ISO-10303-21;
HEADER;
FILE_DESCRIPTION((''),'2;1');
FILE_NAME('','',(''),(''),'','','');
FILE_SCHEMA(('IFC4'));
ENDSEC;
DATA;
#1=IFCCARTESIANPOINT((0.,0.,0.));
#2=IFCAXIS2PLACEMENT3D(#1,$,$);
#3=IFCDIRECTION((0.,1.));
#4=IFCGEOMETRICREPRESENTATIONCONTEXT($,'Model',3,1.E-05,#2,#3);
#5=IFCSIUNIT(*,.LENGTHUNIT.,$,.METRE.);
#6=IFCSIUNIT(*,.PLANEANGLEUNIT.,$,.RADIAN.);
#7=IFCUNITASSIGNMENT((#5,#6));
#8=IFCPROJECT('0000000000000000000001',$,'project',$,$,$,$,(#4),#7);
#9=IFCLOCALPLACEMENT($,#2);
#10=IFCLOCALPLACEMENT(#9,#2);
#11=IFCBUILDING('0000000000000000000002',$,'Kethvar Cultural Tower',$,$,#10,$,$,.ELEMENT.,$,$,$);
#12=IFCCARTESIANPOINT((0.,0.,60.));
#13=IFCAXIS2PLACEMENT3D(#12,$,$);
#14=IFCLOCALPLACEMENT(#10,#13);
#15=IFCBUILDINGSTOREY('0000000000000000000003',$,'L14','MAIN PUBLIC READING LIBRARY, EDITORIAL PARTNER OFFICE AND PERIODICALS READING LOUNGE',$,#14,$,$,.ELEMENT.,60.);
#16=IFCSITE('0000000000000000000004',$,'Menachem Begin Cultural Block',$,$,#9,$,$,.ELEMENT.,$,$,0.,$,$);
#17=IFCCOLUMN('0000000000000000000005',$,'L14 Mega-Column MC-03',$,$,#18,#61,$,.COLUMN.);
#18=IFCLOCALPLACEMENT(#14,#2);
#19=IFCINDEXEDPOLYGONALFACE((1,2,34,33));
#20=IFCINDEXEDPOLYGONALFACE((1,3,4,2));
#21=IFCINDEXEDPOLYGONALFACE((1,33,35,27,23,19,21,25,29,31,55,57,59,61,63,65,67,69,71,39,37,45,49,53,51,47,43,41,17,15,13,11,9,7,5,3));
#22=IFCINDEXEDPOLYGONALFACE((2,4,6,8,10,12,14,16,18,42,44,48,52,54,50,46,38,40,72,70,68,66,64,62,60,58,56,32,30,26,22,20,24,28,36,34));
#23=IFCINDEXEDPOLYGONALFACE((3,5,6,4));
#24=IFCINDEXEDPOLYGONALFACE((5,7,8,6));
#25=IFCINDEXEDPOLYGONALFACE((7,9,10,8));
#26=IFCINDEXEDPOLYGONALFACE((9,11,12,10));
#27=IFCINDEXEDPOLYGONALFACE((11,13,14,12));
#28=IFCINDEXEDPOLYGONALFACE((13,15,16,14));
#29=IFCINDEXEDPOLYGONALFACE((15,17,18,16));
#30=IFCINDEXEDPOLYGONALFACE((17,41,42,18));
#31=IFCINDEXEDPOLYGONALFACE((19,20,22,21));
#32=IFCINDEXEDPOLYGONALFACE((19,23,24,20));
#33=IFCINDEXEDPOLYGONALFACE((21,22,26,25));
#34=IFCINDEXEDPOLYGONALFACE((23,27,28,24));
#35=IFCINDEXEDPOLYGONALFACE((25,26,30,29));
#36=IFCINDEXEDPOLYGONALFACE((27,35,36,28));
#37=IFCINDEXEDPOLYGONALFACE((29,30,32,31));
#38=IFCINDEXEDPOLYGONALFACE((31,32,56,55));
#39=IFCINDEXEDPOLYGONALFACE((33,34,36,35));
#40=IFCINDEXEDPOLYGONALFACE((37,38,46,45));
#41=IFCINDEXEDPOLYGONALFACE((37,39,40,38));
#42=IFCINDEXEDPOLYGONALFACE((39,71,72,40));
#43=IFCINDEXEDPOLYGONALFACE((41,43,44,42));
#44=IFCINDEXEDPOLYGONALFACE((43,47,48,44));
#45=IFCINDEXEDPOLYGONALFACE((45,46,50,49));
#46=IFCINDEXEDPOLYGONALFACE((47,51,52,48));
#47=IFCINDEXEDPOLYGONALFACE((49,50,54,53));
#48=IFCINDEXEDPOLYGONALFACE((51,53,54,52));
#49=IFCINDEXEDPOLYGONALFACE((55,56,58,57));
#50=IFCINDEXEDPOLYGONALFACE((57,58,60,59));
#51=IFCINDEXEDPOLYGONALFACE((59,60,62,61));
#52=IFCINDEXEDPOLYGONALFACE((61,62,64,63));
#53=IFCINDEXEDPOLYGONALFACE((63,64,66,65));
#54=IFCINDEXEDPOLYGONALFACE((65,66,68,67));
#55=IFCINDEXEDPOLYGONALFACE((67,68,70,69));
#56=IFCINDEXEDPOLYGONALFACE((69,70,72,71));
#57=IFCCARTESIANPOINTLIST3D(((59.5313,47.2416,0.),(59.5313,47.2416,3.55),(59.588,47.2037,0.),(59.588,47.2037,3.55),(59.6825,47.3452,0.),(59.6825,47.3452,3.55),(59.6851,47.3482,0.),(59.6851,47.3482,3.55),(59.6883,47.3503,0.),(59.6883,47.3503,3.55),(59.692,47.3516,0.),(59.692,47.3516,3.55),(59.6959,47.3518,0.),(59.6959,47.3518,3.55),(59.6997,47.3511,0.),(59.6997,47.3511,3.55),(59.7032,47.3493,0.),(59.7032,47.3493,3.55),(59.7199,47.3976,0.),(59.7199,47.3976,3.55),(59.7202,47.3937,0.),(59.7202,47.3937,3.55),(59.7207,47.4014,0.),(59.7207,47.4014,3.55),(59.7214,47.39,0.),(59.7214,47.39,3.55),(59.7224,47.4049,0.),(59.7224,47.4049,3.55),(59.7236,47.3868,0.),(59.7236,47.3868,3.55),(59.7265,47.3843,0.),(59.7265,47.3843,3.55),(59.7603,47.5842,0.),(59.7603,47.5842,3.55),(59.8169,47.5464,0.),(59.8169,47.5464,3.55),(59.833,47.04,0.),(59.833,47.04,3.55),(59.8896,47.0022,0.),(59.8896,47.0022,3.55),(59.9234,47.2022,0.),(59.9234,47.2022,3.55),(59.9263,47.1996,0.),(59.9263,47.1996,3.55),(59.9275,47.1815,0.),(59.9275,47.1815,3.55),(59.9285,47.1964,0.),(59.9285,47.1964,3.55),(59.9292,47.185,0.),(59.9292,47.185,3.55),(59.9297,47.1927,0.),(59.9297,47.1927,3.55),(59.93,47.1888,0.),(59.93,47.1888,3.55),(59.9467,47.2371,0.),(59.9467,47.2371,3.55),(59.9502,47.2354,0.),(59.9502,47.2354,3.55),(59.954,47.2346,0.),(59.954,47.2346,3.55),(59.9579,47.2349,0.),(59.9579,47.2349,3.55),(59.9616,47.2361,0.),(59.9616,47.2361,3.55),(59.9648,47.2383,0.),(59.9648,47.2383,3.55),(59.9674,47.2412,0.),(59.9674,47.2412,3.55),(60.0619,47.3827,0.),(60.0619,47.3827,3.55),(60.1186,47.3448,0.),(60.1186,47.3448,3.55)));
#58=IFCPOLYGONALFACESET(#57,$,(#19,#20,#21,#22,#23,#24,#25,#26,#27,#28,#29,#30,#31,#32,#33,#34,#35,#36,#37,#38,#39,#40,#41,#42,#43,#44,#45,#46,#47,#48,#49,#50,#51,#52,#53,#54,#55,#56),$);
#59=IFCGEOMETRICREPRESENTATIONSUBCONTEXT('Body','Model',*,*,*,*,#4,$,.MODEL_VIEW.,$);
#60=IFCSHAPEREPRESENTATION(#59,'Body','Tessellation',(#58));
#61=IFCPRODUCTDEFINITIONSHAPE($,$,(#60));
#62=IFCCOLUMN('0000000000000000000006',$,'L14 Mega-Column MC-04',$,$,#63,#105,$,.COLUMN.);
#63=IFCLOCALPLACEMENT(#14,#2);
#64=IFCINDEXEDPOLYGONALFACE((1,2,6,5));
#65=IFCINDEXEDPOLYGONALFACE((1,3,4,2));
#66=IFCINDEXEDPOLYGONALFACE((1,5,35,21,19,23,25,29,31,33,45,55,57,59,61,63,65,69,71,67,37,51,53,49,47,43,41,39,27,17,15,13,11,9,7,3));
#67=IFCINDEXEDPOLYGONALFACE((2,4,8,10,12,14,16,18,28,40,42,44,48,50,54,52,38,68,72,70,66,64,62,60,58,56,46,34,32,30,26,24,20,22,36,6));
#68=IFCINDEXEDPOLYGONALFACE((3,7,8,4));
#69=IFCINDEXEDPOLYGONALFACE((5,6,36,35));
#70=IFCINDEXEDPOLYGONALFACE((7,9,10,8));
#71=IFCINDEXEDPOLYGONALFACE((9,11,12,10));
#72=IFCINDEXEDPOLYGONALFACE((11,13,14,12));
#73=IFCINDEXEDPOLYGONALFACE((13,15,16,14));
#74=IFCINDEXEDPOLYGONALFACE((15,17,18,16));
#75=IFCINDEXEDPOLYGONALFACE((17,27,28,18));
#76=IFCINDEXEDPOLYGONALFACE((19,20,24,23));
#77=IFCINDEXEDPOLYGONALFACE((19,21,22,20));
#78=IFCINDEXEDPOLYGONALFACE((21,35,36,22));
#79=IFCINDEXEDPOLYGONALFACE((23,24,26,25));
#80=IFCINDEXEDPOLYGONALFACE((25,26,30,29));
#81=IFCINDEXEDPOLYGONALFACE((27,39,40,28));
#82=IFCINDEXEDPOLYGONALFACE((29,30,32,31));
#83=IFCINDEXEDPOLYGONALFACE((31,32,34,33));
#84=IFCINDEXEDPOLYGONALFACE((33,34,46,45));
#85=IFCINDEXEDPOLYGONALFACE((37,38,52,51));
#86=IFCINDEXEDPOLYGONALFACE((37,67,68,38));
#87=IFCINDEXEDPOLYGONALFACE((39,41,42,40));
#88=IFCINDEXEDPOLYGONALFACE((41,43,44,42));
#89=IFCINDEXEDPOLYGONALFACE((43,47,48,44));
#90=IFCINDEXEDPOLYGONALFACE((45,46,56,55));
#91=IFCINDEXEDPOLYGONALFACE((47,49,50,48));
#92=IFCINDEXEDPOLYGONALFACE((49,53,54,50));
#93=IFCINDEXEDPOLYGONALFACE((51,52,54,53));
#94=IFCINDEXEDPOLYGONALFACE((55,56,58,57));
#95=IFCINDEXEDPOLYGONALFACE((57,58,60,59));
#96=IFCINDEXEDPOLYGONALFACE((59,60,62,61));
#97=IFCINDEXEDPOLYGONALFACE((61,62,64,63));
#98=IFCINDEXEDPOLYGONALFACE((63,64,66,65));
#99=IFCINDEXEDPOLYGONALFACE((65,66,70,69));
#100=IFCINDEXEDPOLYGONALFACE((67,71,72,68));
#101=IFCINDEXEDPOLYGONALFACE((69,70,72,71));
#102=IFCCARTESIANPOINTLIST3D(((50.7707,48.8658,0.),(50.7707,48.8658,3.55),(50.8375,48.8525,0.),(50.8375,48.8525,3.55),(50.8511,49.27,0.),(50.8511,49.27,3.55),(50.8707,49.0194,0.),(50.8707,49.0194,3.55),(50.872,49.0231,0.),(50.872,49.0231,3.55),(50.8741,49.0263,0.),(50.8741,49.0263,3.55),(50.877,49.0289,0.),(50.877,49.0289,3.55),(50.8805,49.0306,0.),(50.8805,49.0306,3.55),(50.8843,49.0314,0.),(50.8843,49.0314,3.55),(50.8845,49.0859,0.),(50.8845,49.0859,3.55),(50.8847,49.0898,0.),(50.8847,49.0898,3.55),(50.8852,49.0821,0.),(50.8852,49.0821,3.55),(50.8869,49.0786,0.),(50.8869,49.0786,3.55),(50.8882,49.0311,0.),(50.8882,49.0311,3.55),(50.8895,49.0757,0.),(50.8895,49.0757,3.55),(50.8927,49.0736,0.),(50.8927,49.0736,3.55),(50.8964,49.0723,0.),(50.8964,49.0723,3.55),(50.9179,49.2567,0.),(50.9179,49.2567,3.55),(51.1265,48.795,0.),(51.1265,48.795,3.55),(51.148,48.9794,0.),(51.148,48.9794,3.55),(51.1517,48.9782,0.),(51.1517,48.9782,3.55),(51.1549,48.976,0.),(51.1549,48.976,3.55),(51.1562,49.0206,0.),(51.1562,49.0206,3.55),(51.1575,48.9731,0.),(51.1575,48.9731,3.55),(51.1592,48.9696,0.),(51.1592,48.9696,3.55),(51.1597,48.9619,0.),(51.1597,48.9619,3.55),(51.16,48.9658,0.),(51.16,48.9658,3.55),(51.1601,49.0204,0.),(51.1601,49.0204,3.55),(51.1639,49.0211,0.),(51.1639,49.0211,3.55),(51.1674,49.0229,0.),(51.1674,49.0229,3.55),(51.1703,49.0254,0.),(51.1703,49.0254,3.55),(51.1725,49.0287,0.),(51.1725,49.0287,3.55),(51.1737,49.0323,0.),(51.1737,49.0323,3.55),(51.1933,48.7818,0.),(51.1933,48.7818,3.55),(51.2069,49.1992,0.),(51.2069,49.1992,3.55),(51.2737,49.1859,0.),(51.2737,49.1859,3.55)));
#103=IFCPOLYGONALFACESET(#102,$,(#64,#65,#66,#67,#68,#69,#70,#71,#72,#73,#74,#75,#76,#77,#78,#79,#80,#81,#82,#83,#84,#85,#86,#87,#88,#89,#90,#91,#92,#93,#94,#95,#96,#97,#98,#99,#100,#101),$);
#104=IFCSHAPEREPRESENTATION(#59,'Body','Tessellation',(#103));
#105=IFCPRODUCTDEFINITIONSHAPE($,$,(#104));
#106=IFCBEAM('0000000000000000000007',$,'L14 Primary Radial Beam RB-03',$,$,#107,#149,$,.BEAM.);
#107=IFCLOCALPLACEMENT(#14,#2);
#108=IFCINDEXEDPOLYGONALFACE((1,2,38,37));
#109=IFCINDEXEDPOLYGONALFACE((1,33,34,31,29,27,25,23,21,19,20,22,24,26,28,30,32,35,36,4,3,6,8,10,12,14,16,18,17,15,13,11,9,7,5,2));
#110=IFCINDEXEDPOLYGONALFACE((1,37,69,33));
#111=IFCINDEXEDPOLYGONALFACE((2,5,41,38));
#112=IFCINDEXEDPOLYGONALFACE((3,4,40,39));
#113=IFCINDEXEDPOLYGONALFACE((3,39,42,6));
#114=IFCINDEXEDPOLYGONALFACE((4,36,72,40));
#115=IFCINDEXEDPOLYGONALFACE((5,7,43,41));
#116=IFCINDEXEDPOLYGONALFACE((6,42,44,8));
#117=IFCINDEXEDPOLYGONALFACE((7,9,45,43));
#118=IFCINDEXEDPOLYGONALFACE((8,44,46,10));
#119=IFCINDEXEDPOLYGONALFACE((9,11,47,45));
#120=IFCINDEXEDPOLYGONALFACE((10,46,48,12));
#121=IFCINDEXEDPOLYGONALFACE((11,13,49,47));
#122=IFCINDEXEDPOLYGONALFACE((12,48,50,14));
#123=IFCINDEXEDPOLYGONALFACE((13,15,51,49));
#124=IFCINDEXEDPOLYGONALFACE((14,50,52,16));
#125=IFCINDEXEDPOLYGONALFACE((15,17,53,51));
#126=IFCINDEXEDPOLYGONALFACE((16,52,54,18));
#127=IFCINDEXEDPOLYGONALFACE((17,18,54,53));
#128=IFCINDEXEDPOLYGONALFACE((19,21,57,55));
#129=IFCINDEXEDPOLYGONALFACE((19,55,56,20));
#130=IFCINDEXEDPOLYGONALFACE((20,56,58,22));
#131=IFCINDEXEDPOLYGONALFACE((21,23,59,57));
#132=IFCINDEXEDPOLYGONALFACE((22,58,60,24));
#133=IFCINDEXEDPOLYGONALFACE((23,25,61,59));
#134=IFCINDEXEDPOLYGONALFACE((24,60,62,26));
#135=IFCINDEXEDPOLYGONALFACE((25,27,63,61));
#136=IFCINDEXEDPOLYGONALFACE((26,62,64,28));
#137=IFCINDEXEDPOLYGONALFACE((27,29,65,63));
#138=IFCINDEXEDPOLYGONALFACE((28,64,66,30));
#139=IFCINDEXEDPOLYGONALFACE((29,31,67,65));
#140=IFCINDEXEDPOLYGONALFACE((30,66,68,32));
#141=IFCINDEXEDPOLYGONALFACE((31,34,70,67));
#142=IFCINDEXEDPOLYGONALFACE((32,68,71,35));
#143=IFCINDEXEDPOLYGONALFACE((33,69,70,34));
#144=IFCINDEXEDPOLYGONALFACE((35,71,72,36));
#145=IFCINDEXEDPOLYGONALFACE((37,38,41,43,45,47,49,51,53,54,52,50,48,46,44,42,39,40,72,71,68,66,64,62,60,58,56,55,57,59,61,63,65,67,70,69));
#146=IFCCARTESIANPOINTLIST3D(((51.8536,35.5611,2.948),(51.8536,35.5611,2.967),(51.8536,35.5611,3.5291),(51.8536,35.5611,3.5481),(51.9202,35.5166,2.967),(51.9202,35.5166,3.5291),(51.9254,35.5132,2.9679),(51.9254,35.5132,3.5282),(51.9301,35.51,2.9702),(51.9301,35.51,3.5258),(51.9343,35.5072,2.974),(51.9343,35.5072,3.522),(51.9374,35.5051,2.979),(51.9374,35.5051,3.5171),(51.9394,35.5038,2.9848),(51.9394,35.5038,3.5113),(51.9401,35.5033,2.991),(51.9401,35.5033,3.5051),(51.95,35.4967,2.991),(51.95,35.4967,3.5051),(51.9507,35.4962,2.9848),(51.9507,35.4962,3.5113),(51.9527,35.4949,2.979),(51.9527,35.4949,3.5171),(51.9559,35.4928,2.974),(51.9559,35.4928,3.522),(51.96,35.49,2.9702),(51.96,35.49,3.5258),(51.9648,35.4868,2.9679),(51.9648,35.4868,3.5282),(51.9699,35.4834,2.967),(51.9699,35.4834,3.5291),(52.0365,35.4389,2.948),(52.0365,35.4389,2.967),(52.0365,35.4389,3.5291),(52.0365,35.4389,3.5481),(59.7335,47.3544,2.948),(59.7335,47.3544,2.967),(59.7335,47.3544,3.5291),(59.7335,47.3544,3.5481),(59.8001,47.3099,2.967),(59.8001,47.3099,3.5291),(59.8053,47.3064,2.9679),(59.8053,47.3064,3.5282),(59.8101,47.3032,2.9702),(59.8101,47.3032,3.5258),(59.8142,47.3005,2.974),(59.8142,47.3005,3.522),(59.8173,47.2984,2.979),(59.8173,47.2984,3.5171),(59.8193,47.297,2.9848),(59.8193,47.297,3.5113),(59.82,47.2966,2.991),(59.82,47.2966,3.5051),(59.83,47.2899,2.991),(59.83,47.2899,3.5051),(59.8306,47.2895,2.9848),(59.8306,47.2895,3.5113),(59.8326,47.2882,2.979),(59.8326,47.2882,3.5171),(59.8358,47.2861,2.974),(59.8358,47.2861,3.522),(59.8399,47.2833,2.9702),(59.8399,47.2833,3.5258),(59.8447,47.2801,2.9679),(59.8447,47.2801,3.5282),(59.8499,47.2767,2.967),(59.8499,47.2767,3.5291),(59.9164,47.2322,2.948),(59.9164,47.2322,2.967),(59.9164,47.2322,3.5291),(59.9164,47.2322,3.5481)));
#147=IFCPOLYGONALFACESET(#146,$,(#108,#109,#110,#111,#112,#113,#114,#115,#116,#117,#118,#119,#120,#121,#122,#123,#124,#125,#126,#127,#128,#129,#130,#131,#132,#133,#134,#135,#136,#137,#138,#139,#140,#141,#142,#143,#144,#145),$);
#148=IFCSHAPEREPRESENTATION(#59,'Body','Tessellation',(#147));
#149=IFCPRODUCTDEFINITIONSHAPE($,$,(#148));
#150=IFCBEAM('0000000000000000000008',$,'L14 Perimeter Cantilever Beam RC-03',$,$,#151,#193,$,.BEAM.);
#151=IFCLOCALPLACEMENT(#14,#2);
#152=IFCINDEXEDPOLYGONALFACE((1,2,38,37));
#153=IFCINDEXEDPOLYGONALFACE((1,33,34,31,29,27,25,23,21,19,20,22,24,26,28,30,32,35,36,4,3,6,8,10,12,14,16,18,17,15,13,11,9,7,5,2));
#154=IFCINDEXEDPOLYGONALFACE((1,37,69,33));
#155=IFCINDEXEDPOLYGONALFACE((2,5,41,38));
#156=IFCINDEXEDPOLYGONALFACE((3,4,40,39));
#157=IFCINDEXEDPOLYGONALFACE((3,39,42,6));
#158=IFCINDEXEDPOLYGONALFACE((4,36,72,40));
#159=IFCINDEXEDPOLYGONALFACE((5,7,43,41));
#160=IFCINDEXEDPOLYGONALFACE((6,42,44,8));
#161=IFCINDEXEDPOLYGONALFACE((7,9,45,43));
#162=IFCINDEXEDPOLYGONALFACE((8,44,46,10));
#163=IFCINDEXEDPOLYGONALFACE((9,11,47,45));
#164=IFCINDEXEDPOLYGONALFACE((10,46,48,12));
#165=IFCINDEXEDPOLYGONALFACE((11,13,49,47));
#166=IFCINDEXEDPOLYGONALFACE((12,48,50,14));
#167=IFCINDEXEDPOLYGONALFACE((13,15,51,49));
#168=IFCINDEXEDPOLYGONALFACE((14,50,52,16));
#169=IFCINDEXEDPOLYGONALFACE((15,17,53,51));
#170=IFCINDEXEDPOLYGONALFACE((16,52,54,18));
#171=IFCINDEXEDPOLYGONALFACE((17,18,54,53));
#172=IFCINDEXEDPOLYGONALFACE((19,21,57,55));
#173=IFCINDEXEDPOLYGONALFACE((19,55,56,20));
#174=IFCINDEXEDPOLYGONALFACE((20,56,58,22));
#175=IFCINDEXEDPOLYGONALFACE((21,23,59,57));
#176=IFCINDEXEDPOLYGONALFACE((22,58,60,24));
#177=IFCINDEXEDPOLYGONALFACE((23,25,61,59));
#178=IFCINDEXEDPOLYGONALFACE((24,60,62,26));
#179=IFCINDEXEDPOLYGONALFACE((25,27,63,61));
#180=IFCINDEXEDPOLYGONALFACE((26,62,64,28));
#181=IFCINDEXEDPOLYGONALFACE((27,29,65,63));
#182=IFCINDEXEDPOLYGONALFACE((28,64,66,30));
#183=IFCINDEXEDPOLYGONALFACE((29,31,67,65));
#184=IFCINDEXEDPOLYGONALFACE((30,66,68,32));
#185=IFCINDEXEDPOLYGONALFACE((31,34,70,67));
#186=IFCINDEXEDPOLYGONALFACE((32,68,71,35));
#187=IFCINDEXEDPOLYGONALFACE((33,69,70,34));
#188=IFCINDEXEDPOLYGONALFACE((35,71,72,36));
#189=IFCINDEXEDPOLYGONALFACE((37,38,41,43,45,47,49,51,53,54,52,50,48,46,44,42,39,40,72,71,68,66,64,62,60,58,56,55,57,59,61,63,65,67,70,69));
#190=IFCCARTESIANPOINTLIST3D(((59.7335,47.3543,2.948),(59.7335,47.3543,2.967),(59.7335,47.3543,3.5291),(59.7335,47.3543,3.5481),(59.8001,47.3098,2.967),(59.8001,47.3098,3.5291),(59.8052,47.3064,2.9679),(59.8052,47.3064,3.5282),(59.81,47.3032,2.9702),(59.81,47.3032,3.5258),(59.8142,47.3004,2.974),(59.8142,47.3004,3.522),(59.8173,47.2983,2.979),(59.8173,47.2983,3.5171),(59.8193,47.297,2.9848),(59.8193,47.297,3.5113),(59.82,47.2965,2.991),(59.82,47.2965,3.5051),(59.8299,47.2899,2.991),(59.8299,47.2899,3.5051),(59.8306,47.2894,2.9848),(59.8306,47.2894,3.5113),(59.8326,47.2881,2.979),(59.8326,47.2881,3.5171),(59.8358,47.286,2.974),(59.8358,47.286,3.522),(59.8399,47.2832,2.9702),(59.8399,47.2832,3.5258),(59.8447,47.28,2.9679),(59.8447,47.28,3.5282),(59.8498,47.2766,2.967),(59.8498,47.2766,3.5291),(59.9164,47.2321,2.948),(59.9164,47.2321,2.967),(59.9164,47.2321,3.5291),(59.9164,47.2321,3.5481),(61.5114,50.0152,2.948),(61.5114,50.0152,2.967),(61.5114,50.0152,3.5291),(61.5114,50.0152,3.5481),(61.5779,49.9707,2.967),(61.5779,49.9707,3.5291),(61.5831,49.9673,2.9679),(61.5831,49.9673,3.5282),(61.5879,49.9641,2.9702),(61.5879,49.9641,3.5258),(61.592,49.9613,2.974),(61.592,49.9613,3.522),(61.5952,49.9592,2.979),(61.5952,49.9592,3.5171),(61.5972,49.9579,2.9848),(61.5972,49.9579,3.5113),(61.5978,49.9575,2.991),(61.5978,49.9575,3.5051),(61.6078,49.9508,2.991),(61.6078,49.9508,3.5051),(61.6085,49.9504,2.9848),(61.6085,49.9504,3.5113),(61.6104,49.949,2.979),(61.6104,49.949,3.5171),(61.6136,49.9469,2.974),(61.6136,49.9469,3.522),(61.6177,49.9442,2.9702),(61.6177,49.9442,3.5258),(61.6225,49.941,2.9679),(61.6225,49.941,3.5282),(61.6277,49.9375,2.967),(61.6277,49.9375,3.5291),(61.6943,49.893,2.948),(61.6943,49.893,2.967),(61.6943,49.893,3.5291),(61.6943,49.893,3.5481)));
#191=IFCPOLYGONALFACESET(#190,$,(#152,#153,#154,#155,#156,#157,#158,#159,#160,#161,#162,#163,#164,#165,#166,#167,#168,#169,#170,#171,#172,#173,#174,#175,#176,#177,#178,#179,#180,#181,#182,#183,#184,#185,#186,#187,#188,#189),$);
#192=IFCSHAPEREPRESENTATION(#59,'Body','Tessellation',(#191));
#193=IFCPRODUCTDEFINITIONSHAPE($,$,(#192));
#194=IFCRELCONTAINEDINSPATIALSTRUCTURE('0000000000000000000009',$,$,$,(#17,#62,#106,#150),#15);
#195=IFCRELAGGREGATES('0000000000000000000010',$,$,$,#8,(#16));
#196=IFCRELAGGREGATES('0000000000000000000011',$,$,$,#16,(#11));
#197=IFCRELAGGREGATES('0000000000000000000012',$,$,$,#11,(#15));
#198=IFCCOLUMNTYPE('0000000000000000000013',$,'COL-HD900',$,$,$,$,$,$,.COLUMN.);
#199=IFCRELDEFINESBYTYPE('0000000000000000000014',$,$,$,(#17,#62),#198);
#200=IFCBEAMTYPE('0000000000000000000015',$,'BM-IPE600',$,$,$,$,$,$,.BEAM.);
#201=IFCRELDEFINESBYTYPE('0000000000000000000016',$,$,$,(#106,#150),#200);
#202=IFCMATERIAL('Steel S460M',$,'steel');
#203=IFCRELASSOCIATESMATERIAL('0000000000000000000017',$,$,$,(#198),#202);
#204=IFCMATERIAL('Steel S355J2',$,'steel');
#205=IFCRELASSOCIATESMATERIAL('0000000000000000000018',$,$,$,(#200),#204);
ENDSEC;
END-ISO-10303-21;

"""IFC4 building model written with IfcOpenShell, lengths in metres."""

from ifc_helpers import new_model, si_unit, direction, frame, origin, origin_2d, place, context, subcontext, project, spatial, i_section, extrude, source, transform, mapped, material, material_profile, profile_set, type_object, element, save


model = new_model("IFC4")

# Units and contexts
model_context = context("Model", 3, precision=1e-05, world=origin(), true_north=direction((0.0, 1.0)))
body_context = subcontext(model_context, "Body", "Model", "MODEL_VIEW")
ifc_project = project(units=[si_unit("LENGTHUNIT", "METRE"), si_unit("PLANEANGLEUNIT", "RADIAN")], contexts=[model_context])

# Site, building, storey
site_placement = place(None, origin())
site = spatial("IfcSite", under=ifc_project, at=site_placement, Name="Menachem Begin Cultural Block", CompositionType="ELEMENT", RefElevation=0.0)
building_placement = place(site_placement, origin())
building = spatial("IfcBuilding", under=site, at=building_placement, Name="Kethvar Cultural Tower", CompositionType="ELEMENT")
storey_placement = place(building_placement, frame((0.0, 0.0, 60.0)))
storey = spatial("IfcBuildingStorey", under=building, at=storey_placement, Name="L14", Description="MAIN PUBLIC READING LIBRARY, EDITORIAL PARTNER OFFICE AND PERIODICALS READING LOUNGE", CompositionType="ELEMENT", Elevation=60.0)

# Columns
ifc_material_1 = material(Name="Steel S460M", Category="steel")
ifc_material_profile_1 = material_profile(ifc_material_1, i_section(OverallWidth=0.4121, OverallDepth=0.4309, WebThickness=0.042, FlangeThickness=0.0681, FilletRadius=0.0149, at=origin_2d()), Name="Steel S460M — HD400x900")
ifc_profile_set_1 = profile_set([ifc_material_profile_1], Name="Steel S460M — HD400x900")
column_type = type_object("IfcColumnType", Name="COL-HD900", PredefinedType="COLUMN", material=ifc_profile_set_1)
shared_shape_1 = source(origin(), body_context, "Body", "SweptSolid", [
    extrude(i_section(OverallWidth=0.4121, OverallDepth=0.4309, WebThickness=0.042, FlangeThickness=0.0681, FilletRadius=0.0149, at=origin_2d()), origin(), (0.0, 0.0, 1.0), 3.55),
])
for number, where, z_axis, x_axis, name in (
    (1, (59.825, 47.2932, 0.0), (0.0, 0.0, 1.0), (0.55557, 0.83147, 0.0), "L14 Mega-Column MC-03"),
    (2, (51.0222, 49.0259, 0.0), (0.0, 0.0, 1.0), (0.19509, 0.980785, 0.0), "L14 Mega-Column MC-04"),
):
    element("IfcColumn", number, at=place(storey_placement, frame(where, z_axis=z_axis, x_axis=x_axis)), inside=storey, type_object=column_type, Name=name, PredefinedType="COLUMN", context=body_context, shape_type="MappedRepresentation", body=[
        mapped(shared_shape_1, transform((0.0, 0.0, 0.0), scale=1.0)),
    ])

# Beams
ifc_material_2 = material(Name="Steel S355J2", Category="steel")
ifc_material_profile_2 = material_profile(ifc_material_2, i_section(OverallWidth=0.22, OverallDepth=0.6001, WebThickness=0.012, FlangeThickness=0.019, FilletRadius=0.0239, at=origin_2d()), Name="Steel S355J2 — IPE600")
ifc_profile_set_2 = profile_set([ifc_material_profile_2], Name="Steel S355J2 — IPE600")
beam_type_1 = type_object("IfcBeamType", Name="BM-IPE600", PredefinedType="BEAM", material=ifc_profile_set_2)
shared_shape_2 = source(origin(), body_context, "Body", "SweptSolid", [
    extrude(i_section(OverallWidth=0.22, OverallDepth=0.6001, WebThickness=0.012, FlangeThickness=0.019, FilletRadius=0.0239, at=origin_2d()), origin(), (0.0, 0.0, 1.0), 14.1836),
])
beam_1_placement = place(storey_placement, frame((51.9451, 35.5, 3.248), z_axis=(0.555566, 0.831473, 0.0), x_axis=(-0.831473, 0.555566, 0.0)))
element("IfcBeam", 3, at=beam_1_placement, inside=storey, type_object=beam_type_1, Name="L14 Primary Radial Beam RB-03", PredefinedType="BEAM", context=body_context, shape_type="MappedRepresentation", body=[
    mapped(shared_shape_2, transform((0.0, 0.0, 0.0), scale=1.0)),
])
shared_shape_3 = source(origin(), body_context, "Body", "SweptSolid", [
    extrude(i_section(OverallWidth=0.22, OverallDepth=0.6001, WebThickness=0.012, FlangeThickness=0.019, FilletRadius=0.0239, at=origin_2d()), origin(), (0.0, 0.0, 1.0), 3.2002),
])
beam_2_placement = place(storey_placement, frame((59.825, 47.2932, 3.248), z_axis=(0.555545, 0.831486, 0.0), x_axis=(-0.831486, 0.555545, 0.0)))
element("IfcBeam", 4, at=beam_2_placement, inside=storey, type_object=beam_type_1, Name="L14 Perimeter Cantilever Beam RC-03", PredefinedType="BEAM", context=body_context, shape_type="MappedRepresentation", body=[
    mapped(shared_shape_3, transform((0.0, 0.0, 0.0), scale=1.0)),
])

save(model, "model.ifc")
